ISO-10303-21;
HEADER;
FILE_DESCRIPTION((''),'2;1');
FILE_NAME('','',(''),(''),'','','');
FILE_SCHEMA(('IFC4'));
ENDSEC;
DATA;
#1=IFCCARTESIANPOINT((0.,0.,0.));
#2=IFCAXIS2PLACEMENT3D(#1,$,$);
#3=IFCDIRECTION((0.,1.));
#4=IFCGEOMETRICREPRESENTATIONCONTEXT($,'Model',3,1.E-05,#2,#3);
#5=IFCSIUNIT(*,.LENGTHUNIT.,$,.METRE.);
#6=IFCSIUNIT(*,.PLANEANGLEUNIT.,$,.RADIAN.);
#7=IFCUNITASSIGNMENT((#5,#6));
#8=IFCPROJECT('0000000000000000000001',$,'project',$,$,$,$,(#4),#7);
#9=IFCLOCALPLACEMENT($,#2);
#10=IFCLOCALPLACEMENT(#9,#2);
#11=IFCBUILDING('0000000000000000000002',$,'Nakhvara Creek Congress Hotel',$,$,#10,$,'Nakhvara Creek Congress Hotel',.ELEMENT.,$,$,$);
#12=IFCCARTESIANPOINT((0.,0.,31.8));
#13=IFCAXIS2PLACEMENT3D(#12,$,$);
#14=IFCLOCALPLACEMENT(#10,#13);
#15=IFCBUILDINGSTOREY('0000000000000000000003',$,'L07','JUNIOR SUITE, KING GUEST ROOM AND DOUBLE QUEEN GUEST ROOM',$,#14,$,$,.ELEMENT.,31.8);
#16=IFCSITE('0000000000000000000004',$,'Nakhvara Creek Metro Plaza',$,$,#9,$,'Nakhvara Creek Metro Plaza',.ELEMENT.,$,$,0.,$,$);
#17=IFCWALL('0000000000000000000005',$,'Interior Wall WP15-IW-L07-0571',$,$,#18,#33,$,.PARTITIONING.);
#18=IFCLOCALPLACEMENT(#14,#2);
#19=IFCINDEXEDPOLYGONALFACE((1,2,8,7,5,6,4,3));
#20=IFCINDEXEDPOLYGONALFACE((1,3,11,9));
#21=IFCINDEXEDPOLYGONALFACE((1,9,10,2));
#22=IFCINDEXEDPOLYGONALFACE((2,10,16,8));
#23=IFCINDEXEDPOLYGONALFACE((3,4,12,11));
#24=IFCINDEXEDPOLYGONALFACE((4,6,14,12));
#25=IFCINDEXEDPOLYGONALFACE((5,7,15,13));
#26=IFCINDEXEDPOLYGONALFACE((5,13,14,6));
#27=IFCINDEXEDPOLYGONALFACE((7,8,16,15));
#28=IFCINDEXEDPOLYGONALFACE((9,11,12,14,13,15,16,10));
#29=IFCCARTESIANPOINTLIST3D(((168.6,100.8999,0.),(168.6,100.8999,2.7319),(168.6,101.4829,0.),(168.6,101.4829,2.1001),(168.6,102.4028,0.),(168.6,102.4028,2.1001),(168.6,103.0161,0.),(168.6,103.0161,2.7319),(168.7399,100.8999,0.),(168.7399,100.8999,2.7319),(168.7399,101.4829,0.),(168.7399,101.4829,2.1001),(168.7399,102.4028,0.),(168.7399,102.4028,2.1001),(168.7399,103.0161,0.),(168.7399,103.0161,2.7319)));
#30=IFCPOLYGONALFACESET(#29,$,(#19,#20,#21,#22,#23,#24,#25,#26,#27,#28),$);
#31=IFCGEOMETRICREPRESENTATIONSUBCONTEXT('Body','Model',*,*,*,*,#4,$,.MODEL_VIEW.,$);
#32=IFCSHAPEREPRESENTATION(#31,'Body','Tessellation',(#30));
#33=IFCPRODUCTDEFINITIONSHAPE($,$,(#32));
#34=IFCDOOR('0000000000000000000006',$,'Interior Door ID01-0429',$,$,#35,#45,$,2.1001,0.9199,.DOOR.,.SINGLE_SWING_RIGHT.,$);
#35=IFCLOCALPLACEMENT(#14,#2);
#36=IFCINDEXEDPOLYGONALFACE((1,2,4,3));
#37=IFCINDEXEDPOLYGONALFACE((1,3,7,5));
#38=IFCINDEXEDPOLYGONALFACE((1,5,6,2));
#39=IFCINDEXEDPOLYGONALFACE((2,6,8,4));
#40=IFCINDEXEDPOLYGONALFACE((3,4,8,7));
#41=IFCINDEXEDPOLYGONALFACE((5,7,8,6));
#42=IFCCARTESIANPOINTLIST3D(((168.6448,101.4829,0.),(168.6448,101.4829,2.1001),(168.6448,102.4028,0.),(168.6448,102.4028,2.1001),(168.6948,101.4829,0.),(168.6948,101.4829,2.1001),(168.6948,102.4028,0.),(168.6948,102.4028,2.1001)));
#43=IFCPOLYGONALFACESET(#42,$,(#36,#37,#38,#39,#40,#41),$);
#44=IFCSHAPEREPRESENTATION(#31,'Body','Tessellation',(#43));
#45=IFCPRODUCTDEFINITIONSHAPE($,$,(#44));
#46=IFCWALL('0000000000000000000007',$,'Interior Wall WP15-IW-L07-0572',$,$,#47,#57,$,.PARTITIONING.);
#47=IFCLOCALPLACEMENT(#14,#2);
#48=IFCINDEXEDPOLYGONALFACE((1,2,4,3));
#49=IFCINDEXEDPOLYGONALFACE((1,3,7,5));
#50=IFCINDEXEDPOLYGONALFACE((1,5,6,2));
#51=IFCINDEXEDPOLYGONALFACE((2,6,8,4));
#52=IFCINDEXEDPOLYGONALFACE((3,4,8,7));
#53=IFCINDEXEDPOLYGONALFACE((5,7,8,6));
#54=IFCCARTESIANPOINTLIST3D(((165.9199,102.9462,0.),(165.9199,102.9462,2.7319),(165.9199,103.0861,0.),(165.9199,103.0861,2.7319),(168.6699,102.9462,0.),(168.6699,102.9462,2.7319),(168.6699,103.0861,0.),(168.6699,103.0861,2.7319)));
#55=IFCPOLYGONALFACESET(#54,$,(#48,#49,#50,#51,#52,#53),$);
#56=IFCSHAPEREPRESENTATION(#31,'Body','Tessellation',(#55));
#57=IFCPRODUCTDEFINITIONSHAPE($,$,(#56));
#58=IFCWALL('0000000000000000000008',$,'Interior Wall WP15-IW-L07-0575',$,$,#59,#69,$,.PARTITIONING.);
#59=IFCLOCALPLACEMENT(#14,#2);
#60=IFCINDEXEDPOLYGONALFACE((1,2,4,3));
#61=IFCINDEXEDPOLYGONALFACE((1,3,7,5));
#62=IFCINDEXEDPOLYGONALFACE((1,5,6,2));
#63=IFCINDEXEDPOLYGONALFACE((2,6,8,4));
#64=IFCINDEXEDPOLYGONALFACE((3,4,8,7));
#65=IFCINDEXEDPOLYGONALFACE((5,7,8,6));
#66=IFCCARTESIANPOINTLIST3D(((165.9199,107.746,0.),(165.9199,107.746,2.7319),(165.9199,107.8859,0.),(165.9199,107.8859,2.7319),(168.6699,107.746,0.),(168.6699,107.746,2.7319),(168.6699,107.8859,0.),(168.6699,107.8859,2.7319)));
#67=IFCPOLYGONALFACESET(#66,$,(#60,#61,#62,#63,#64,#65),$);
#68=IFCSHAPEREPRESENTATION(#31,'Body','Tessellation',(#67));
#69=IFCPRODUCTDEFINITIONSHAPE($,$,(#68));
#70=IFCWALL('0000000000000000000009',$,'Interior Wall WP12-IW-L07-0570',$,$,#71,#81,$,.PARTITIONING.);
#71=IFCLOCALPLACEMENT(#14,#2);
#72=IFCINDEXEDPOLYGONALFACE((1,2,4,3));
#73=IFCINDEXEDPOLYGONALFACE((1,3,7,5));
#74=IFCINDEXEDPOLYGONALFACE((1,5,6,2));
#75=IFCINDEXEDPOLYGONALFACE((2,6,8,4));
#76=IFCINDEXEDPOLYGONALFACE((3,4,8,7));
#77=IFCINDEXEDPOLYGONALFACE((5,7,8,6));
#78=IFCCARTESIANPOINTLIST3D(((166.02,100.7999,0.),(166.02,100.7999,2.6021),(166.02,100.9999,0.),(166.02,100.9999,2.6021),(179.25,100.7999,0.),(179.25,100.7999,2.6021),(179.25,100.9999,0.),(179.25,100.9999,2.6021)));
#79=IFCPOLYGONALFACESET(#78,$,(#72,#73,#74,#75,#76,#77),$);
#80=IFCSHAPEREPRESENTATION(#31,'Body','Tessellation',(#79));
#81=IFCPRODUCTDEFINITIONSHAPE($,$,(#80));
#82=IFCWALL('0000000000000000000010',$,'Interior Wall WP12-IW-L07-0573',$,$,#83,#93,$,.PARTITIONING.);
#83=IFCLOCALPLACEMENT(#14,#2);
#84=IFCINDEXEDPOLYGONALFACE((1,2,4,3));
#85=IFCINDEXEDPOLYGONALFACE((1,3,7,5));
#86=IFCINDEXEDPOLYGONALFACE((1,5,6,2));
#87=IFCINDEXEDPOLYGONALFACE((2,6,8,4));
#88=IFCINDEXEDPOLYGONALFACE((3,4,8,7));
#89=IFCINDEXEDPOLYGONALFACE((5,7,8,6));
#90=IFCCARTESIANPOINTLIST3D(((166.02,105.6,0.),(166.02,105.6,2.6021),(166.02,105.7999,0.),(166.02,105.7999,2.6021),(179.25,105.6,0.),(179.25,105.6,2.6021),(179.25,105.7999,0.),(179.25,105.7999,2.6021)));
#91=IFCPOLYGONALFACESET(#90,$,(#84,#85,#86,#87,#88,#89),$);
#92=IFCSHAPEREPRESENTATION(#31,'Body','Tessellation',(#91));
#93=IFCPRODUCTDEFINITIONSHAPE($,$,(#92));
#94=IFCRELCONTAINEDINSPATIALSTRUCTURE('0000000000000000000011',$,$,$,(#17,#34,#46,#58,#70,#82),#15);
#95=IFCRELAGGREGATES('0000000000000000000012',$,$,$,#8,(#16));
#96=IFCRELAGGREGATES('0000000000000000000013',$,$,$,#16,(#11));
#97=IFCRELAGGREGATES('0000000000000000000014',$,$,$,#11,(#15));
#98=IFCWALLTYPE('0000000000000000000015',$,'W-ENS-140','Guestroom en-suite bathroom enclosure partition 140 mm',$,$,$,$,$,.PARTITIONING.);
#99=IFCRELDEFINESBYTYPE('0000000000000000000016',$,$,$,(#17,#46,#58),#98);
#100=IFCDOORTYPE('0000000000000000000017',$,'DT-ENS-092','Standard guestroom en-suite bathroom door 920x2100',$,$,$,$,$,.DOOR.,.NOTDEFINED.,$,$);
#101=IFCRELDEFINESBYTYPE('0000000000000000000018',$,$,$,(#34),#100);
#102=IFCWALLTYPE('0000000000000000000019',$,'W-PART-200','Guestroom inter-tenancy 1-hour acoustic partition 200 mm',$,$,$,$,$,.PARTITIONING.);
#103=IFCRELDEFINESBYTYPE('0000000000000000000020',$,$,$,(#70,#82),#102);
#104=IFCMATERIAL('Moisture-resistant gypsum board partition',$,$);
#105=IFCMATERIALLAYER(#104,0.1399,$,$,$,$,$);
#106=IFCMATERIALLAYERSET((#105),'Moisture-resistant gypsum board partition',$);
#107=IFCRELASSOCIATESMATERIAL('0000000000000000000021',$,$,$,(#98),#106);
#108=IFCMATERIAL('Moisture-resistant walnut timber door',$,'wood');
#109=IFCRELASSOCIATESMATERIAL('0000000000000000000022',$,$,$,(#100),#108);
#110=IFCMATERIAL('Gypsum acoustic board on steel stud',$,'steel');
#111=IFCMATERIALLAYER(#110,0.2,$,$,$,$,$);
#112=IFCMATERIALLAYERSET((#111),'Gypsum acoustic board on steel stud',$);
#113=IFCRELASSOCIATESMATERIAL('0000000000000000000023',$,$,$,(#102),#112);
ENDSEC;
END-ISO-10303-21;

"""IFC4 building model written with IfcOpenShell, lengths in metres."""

from ifc_helpers import new_model, si_unit, direction, frame, frame_2d, origin, place, context, subcontext, project, spatial, rectangle, extrude, material, layer, layer_set, type_object, element, fill, save


model = new_model("IFC4")

# Units and contexts
model_context = context("Model", 3, precision=1e-05, world=origin(), true_north=direction((0.0, 1.0)))
body_context = subcontext(model_context, "Body", "Model", "MODEL_VIEW")
ifc_project = project(units=[si_unit("LENGTHUNIT", "METRE"), si_unit("PLANEANGLEUNIT", "RADIAN")], contexts=[model_context])

# Site, building, storey
site_placement = place(None, origin())
site = spatial("IfcSite", under=ifc_project, at=site_placement, Name="Nakhvara Creek Metro Plaza", LongName="Nakhvara Creek Metro Plaza", CompositionType="ELEMENT", RefElevation=0.0)
building_placement = place(site_placement, origin())
building = spatial("IfcBuilding", under=site, at=building_placement, Name="Nakhvara Creek Congress Hotel", LongName="Nakhvara Creek Congress Hotel", CompositionType="ELEMENT")
storey_placement = place(building_placement, frame((0.0, 0.0, 31.8)))
storey = spatial("IfcBuildingStorey", under=building, at=storey_placement, Name="L07", Description="JUNIOR SUITE, KING GUEST ROOM AND DOUBLE QUEEN GUEST ROOM", CompositionType="ELEMENT", Elevation=31.8)

# Wall, opening, door
ifc_material_1 = material(Name="Moisture-resistant gypsum board partition")
ifc_layer_1 = layer(ifc_material_1, 0.1399)
ifc_layer_set_1 = layer_set([ifc_layer_1], Name="Moisture-resistant gypsum board partition")
wall_type_1 = type_object("IfcWallType", Name="W-ENS-140", Description="Guestroom en-suite bathroom enclosure partition 140 mm", PredefinedType="PARTITIONING", material=ifc_layer_set_1)
wall_1_placement = place(storey_placement, frame((168.6699, 100.8999, 0.0), z_axis=(0.0, 0.0, 1.0), x_axis=(0.0, 1.0, 0.0)))
wall_1 = element("IfcWall", 1, at=wall_1_placement, inside=storey, type_object=wall_type_1, Name="Interior Wall WP15-IW-L07-0571", PredefinedType="PARTITIONING", context=body_context, shape_type="SweptSolid", body=[
    extrude(rectangle(XDim=2.1162, YDim=0.1399, at=frame_2d((1.0581, 0.0))), origin(), (0.0, 0.0, 1.0), 2.7319),
])
opening_1_placement = place(wall_1_placement, frame((0.583, 0.0, 0.0)))
opening_1 = element("IfcOpeningElement", 2, at=opening_1_placement, cuts=wall_1, PredefinedType="OPENING", context=body_context, shape_type="SweptSolid", body=[
    extrude(rectangle(XDim=0.9199, YDim=2.1001, at=frame_2d((0.46, 1.05))), frame((0.0, 0.082, 0.0), z_axis=(0.0, -1.0, 0.0), x_axis=(1.0, 0.0, 0.0)), (0.0, 0.0, 1.0), 0.1638),
])
ifc_material_2 = material(Name="Moisture-resistant walnut timber door", Category="wood")
door_type_1 = type_object("IfcDoorType", Name="DT-ENS-092", Description="Standard guestroom en-suite bathroom door 920x2100", OperationType="NOTDEFINED", PredefinedType="DOOR", material=ifc_material_2)
door_1_placement = place(opening_1_placement, frame((0.9199, 0.0, 0.0), z_axis=(0.0, 0.0, 1.0), x_axis=(-1.0, 0.0, 0.0)))
door_1 = element("IfcDoor", 3, at=door_1_placement, inside=storey, type_object=door_type_1, Name="Interior Door ID01-0429", OperationType="SINGLE_SWING_RIGHT", OverallHeight=2.1001, OverallWidth=0.9199, PredefinedType="DOOR", context=body_context, shape_type="SweptSolid", body=[
    extrude(rectangle(XDim=0.9199, YDim=2.1001, at=frame_2d((0.46, 1.05))), frame((0.0, 0.0249, 0.0), z_axis=(0.0, -1.0, 0.0), x_axis=(1.0, 0.0, 0.0)), (0.0, 0.0, 1.0), 0.05),
])
fill(opening_1, door_1)

# Wall
wall_2_placement = place(storey_placement, frame((165.9199, 103.0161, 0.0), z_axis=(0.0, 0.0, 1.0), x_axis=(1.0, 0.0, 0.0)))
element("IfcWall", 4, at=wall_2_placement, inside=storey, type_object=wall_type_1, Name="Interior Wall WP15-IW-L07-0572", PredefinedType="PARTITIONING", context=body_context, shape_type="SweptSolid", body=[
    extrude(rectangle(XDim=2.75, YDim=0.1399, at=frame_2d((1.375, 0.0))), origin(), (0.0, 0.0, 1.0), 2.7319),
])

# Walls
wall_3_placement = place(storey_placement, frame((165.9199, 107.8159, 0.0), z_axis=(0.0, 0.0, 1.0), x_axis=(1.0, 0.0, 0.0)))
element("IfcWall", 5, at=wall_3_placement, inside=storey, type_object=wall_type_1, Name="Interior Wall WP15-IW-L07-0575", PredefinedType="PARTITIONING", context=body_context, shape_type="SweptSolid", body=[
    extrude(rectangle(XDim=2.75, YDim=0.1399, at=frame_2d((1.375, 0.0))), origin(), (0.0, 0.0, 1.0), 2.7319),
])
ifc_material_3 = material(Name="Gypsum acoustic board on steel stud", Category="steel")
ifc_layer_2 = layer(ifc_material_3, 0.2)
ifc_layer_set_2 = layer_set([ifc_layer_2], Name="Gypsum acoustic board on steel stud")
wall_type_2 = type_object("IfcWallType", Name="W-PART-200", Description="Guestroom inter-tenancy 1-hour acoustic partition 200 mm", PredefinedType="PARTITIONING", material=ifc_layer_set_2)
for number, where, z_axis, x_axis, name in (
    (6, (166.02, 100.8999, 0.0), (0.0, 0.0, 1.0), (1.0, 0.0, 0.0), "Interior Wall WP12-IW-L07-0570"),
    (7, (166.02, 105.7, 0.0), (0.0, 0.0, 1.0), (1.0, 0.0, 0.0), "Interior Wall WP12-IW-L07-0573"),
):
    element("IfcWall", number, at=place(storey_placement, frame(where, z_axis=z_axis, x_axis=x_axis)), inside=storey, type_object=wall_type_2, Name=name, PredefinedType="PARTITIONING", context=body_context, shape_type="SweptSolid", body=[
        extrude(rectangle(XDim=13.23, YDim=0.2, at=frame_2d((6.615, 0.0))), origin(), (0.0, 0.0, 1.0), 2.6021),
    ])

save(model, "model.ifc")
